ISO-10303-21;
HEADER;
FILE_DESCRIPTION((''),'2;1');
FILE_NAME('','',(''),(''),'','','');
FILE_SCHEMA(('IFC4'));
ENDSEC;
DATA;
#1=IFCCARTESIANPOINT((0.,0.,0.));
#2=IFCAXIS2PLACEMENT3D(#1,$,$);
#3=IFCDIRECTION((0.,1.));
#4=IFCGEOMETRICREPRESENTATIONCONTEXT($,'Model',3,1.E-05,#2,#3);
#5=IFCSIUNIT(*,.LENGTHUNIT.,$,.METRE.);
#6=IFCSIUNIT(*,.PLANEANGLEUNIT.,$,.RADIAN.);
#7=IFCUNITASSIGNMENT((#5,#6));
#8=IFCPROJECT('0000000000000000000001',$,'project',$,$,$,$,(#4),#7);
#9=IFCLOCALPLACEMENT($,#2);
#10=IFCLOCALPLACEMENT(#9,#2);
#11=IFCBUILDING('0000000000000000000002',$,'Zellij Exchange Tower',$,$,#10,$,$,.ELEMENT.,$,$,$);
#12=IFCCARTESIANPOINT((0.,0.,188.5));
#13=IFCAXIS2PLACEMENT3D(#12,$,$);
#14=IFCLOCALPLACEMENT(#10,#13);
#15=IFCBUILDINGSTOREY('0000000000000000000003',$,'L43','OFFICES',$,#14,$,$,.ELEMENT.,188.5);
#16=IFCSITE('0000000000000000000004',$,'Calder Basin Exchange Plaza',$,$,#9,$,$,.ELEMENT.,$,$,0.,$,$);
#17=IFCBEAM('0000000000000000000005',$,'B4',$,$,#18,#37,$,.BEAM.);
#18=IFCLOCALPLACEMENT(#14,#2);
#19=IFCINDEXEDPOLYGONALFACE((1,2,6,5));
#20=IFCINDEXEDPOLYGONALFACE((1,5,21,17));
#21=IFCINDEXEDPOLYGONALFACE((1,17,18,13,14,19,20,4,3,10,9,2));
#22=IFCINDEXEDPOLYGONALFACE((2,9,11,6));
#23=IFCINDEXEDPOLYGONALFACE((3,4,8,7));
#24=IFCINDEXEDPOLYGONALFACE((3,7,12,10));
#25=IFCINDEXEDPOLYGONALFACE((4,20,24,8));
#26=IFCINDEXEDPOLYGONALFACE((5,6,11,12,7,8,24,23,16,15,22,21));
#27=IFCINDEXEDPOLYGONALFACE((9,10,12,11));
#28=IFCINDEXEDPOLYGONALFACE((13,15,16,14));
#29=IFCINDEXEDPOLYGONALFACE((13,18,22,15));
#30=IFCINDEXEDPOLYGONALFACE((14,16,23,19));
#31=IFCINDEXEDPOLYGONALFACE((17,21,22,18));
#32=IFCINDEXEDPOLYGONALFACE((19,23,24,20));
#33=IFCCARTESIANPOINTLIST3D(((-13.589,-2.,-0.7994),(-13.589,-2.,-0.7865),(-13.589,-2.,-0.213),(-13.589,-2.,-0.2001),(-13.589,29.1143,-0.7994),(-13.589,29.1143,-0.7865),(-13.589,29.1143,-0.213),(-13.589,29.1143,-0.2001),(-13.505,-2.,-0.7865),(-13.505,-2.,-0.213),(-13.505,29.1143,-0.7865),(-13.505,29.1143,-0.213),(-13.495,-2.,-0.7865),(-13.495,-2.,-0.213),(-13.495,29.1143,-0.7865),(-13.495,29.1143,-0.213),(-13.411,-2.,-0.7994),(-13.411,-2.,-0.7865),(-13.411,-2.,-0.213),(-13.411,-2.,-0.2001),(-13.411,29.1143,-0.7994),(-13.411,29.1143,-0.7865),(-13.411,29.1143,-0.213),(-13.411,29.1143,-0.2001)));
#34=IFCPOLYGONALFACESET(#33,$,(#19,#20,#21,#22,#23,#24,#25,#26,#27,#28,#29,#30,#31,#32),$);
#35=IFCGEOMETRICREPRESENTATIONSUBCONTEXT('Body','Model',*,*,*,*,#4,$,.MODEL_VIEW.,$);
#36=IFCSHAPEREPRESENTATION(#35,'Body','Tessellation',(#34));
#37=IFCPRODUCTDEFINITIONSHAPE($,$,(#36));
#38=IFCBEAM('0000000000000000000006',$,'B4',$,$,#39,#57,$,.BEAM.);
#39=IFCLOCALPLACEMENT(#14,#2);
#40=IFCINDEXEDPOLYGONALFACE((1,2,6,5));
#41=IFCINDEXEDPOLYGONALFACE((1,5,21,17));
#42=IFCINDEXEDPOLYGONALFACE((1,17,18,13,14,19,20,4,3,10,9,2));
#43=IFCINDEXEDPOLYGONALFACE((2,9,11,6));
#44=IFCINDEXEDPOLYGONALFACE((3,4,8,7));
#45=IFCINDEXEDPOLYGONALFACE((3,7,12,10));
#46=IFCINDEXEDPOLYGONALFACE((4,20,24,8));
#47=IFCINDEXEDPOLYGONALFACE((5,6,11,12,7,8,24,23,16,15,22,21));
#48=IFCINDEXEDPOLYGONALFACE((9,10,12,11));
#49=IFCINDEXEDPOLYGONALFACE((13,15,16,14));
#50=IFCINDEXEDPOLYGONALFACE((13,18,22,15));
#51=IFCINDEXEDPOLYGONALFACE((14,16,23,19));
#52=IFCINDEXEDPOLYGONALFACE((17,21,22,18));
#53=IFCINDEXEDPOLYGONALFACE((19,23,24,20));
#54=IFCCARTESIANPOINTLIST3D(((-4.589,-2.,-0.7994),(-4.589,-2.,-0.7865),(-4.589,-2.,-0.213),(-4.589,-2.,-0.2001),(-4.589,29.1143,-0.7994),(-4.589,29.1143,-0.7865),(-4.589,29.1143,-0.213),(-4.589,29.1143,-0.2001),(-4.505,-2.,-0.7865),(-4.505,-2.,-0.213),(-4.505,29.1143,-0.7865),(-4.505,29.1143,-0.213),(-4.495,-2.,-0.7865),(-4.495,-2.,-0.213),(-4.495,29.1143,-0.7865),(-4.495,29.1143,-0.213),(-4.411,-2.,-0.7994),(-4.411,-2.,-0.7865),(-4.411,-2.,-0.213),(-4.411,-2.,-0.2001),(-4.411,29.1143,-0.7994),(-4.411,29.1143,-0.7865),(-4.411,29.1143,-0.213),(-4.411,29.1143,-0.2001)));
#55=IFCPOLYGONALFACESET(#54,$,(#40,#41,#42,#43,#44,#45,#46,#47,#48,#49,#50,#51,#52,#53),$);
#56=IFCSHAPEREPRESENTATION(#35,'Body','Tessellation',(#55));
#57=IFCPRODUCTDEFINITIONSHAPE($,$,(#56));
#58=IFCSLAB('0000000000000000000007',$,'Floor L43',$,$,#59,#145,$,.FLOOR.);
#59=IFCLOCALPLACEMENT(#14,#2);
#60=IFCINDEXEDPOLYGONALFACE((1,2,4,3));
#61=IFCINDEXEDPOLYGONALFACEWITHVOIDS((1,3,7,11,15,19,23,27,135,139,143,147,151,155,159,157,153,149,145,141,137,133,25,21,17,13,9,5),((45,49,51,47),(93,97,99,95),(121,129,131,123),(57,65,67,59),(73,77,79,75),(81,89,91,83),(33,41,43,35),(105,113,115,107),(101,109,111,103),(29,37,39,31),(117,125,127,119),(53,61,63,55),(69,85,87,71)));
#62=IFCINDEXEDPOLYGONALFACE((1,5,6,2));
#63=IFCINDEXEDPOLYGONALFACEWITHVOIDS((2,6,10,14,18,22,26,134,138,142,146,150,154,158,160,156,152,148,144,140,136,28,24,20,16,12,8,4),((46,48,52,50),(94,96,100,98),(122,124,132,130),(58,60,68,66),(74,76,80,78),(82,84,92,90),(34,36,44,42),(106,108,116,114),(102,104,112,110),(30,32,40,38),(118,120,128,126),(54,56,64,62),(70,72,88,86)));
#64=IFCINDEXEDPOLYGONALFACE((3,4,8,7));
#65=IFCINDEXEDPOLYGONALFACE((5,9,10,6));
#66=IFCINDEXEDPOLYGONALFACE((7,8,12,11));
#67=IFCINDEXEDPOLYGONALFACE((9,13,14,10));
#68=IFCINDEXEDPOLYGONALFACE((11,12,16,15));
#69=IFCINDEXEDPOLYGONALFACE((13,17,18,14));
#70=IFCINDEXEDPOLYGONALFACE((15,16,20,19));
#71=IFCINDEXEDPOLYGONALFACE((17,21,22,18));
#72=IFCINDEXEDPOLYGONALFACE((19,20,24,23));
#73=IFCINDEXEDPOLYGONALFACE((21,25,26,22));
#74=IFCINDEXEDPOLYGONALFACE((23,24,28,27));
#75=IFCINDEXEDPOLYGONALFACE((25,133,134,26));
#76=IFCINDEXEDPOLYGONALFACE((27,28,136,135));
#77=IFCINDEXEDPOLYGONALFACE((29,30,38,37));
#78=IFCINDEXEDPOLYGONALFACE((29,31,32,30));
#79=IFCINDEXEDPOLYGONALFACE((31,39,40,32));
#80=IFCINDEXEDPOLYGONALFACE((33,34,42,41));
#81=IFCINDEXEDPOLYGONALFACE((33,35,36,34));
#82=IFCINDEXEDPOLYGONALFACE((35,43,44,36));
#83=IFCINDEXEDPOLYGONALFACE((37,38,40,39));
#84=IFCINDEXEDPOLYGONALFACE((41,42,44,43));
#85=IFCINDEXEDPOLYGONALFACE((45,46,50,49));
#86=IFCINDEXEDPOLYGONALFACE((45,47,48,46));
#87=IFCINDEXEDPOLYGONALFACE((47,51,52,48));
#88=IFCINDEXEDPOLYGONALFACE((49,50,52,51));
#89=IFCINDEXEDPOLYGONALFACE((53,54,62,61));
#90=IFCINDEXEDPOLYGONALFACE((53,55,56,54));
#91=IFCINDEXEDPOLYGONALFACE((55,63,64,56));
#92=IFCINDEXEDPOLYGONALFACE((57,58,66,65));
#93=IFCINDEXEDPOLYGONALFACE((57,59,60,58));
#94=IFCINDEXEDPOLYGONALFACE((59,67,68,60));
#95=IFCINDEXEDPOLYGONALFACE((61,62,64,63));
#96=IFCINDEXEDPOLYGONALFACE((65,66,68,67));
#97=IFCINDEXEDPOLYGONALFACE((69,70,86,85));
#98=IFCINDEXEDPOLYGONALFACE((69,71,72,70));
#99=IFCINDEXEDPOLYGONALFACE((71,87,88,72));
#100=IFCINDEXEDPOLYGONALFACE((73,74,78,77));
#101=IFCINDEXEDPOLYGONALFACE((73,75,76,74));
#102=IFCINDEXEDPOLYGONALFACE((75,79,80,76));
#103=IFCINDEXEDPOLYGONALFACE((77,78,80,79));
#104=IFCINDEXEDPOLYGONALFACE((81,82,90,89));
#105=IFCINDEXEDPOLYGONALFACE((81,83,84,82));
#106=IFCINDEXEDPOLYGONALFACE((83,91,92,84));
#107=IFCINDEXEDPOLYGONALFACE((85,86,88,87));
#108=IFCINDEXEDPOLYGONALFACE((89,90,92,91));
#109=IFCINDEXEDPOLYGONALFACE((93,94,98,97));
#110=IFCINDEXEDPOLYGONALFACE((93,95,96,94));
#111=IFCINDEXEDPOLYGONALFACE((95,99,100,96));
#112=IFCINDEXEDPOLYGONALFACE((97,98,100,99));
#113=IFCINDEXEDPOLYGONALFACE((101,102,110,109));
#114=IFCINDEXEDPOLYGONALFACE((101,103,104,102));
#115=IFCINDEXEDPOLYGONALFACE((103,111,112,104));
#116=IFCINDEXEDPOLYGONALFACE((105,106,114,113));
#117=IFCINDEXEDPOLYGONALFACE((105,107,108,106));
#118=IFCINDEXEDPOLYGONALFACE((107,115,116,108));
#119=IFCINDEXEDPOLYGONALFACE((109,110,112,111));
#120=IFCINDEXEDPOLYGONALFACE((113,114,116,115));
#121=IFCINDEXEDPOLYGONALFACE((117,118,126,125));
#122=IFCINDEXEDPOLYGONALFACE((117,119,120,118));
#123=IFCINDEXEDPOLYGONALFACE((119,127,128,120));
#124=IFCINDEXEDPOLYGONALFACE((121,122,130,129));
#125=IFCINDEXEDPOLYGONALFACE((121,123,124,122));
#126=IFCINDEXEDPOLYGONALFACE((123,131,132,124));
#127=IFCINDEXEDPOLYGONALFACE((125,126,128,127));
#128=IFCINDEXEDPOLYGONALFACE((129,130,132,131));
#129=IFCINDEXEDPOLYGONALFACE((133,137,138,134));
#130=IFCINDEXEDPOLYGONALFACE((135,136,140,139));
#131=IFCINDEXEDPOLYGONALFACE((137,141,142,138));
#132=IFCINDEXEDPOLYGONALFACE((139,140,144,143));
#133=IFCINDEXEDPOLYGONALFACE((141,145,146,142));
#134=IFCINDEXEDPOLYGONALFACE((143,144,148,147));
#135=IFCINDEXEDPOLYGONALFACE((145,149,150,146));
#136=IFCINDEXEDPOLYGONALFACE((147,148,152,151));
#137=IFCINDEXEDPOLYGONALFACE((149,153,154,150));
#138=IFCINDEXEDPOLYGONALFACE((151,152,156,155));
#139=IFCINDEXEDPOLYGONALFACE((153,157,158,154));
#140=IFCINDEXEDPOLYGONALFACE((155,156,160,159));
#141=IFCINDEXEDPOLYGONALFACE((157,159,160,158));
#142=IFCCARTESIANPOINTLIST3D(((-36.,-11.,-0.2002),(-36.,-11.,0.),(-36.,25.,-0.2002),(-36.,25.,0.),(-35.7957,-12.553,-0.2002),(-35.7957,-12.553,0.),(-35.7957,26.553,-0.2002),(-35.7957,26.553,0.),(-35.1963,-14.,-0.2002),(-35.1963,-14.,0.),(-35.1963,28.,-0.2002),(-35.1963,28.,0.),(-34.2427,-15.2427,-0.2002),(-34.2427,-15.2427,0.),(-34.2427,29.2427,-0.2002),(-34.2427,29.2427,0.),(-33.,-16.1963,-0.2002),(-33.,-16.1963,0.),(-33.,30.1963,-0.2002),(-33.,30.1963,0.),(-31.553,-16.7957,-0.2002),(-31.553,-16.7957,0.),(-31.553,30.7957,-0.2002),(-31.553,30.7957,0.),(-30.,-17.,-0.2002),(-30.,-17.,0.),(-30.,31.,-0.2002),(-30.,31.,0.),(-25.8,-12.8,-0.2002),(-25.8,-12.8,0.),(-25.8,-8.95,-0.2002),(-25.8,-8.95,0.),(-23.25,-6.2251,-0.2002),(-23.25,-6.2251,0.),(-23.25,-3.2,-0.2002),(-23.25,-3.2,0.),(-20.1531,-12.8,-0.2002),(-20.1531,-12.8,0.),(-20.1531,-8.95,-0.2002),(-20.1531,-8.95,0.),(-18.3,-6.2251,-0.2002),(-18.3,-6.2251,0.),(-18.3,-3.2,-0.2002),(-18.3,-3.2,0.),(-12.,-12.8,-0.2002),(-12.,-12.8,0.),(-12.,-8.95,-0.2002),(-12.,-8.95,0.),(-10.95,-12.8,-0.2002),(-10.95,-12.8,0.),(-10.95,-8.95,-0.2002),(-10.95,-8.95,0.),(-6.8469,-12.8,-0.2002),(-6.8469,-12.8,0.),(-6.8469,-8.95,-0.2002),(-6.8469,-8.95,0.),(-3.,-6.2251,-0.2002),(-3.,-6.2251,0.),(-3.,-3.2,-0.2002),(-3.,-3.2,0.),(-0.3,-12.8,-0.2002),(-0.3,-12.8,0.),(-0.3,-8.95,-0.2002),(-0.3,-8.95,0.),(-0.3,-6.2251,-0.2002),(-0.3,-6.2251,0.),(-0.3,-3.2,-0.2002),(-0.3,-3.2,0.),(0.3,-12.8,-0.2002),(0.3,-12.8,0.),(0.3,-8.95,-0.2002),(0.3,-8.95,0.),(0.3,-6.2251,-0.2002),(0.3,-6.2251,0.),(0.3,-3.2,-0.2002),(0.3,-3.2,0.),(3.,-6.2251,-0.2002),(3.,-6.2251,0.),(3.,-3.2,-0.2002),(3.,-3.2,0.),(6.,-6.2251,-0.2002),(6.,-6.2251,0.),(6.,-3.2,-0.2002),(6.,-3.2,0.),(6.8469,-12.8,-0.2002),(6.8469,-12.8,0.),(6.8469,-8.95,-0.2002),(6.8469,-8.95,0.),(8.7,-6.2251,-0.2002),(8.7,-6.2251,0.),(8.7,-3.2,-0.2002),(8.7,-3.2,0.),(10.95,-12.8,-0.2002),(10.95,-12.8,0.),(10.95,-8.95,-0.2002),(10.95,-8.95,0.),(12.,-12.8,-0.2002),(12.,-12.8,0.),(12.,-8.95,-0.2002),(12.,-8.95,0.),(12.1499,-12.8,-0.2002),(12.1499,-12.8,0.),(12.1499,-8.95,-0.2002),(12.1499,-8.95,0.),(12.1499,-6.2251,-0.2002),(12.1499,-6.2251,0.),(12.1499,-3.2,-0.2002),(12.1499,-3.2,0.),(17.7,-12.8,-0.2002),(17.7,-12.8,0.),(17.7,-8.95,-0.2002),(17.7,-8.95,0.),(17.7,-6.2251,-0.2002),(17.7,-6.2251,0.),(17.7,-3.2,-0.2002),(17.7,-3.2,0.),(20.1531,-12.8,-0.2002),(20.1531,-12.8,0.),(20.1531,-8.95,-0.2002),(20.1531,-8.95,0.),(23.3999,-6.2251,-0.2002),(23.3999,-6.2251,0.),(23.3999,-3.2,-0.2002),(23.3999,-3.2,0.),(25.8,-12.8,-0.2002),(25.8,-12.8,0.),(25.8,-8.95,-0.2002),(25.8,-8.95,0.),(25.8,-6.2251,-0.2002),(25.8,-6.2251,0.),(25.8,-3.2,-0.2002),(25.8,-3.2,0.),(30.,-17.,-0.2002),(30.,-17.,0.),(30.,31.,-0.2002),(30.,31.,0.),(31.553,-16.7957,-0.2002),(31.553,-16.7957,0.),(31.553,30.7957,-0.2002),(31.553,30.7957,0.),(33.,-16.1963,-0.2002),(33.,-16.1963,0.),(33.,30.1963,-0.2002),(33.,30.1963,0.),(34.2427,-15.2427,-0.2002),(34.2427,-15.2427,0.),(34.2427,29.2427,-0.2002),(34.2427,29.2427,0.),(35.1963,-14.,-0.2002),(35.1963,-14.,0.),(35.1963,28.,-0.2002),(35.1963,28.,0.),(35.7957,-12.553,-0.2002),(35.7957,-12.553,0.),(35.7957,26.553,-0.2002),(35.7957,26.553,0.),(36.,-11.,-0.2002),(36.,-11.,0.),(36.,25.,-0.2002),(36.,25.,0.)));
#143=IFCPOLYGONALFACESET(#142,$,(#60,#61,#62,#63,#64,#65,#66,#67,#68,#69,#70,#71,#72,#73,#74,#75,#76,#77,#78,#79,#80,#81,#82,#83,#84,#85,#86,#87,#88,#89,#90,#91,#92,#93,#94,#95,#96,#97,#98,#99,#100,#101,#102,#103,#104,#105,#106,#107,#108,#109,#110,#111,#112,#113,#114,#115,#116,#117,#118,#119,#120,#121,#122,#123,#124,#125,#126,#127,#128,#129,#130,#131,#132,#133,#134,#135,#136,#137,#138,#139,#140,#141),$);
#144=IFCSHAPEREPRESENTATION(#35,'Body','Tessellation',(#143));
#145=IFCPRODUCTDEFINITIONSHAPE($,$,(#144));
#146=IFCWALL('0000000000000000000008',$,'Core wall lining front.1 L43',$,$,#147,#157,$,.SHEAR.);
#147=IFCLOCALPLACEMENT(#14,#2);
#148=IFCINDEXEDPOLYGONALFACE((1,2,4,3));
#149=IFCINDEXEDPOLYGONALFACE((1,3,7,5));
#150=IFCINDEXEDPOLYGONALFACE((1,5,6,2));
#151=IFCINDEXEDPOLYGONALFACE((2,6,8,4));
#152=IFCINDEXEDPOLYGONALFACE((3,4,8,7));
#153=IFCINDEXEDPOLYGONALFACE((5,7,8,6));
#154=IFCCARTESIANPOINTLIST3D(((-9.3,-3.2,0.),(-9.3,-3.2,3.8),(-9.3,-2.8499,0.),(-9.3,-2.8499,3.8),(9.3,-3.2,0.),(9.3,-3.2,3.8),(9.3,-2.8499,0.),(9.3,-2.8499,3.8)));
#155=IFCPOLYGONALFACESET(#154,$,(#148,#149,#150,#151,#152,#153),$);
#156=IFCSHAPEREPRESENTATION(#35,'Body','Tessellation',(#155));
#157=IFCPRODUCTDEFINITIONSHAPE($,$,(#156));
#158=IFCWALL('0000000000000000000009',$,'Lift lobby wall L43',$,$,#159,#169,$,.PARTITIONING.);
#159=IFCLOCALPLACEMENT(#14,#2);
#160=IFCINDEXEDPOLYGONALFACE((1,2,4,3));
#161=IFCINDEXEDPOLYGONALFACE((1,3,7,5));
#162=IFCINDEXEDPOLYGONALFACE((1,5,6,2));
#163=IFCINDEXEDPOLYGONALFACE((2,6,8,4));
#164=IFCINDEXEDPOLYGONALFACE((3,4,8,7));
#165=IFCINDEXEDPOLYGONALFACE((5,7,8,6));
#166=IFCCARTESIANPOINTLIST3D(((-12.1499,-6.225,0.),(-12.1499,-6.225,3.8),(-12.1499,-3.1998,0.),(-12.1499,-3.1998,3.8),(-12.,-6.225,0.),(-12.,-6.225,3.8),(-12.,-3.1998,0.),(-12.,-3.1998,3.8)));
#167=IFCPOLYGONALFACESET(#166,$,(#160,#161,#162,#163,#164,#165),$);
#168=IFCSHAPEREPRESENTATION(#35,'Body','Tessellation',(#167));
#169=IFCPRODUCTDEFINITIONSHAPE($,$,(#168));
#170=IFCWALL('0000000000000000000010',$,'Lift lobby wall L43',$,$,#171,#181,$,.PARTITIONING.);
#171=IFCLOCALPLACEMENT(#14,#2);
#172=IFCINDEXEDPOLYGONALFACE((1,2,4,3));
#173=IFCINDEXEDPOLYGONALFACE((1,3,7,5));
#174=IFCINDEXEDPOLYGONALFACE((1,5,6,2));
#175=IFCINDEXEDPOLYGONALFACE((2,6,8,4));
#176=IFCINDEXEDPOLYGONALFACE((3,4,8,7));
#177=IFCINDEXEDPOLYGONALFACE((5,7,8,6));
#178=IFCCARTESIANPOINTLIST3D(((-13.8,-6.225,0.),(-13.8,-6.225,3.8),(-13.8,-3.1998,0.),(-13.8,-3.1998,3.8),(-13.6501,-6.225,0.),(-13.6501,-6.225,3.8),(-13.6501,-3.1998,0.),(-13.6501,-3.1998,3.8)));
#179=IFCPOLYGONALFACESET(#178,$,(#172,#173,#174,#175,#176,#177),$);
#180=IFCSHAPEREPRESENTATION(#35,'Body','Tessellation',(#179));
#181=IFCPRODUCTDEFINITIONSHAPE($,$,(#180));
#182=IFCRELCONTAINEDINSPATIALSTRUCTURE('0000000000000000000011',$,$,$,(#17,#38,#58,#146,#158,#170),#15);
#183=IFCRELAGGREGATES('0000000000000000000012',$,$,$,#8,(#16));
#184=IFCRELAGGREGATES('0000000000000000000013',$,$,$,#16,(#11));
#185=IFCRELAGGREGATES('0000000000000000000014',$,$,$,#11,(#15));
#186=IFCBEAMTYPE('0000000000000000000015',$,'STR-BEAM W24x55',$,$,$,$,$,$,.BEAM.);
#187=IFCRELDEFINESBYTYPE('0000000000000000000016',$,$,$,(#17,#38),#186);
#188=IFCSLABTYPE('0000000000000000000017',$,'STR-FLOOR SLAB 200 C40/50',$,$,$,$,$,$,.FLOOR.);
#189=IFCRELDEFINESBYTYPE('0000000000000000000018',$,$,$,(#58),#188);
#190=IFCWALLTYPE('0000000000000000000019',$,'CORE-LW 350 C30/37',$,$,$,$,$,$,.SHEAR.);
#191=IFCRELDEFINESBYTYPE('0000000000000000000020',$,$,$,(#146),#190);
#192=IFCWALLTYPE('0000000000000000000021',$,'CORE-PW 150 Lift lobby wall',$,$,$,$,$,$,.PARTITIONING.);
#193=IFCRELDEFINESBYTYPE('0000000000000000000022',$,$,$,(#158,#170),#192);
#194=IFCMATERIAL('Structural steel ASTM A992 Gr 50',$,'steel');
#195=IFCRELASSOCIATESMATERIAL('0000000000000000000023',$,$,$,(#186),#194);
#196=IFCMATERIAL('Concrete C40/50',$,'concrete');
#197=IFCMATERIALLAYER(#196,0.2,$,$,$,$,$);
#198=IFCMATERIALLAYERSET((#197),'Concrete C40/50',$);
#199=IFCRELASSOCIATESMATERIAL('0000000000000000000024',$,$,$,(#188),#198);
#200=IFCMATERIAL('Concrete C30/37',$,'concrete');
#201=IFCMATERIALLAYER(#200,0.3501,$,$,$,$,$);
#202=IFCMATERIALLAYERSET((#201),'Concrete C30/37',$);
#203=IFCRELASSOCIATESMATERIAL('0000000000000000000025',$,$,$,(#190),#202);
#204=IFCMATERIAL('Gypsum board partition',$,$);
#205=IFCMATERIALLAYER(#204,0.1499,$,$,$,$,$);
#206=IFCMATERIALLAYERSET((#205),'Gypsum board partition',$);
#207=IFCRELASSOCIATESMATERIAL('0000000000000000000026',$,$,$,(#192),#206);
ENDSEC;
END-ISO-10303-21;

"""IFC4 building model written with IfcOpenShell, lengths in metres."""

from ifc_helpers import new_model, si_unit, direction, frame, frame_2d, origin, origin_2d, place, context, subcontext, project, spatial, polyline, rectangle, i_section, outline, extrude, material, layer, layer_set, material_profile, profile_set, type_object, element, save


model = new_model("IFC4")

# Units and contexts
model_context = context("Model", 3, precision=1e-05, world=origin(), true_north=direction((0.0, 1.0)))
body_context = subcontext(model_context, "Body", "Model", "MODEL_VIEW")
ifc_project = project(units=[si_unit("LENGTHUNIT", "METRE"), si_unit("PLANEANGLEUNIT", "RADIAN")], contexts=[model_context])

# Site, building, storey
site_placement = place(None, origin())
site = spatial("IfcSite", under=ifc_project, at=site_placement, Name="Calder Basin Exchange Plaza", CompositionType="ELEMENT", RefElevation=0.0)
building_placement = place(site_placement, origin())
building = spatial("IfcBuilding", under=site, at=building_placement, Name="Zellij Exchange Tower", CompositionType="ELEMENT")
storey_placement = place(building_placement, frame((0.0, 0.0, 188.5)))
storey = spatial("IfcBuildingStorey", under=building, at=storey_placement, Name="L43", Description="OFFICES", CompositionType="ELEMENT", Elevation=188.5)

# Beams
ifc_material_1 = material(Name="Structural steel ASTM A992 Gr 50", Category="steel")
ifc_material_profile = material_profile(ifc_material_1, i_section(OverallWidth=0.178, OverallDepth=0.5994, WebThickness=0.01, FlangeThickness=0.0129, at=origin_2d()), Name="W24x55")
ifc_profile_set = profile_set([ifc_material_profile], Name="Structural steel ASTM A992 Gr 50")
beam_type = type_object("IfcBeamType", Name="STR-BEAM W24x55", PredefinedType="BEAM", material=ifc_profile_set)
for number, where, z_axis, x_axis, name in (
    (1, (-13.5, -2.0, -0.4998), (0.0, 1.0, 0.0), (-1.0, 0.0, 0.0), "B4"),
    (2, (-4.5, -2.0, -0.4998), (0.0, 1.0, 0.0), (-1.0, 0.0, 0.0), "B4"),
):
    element("IfcBeam", number, at=place(storey_placement, frame(where, z_axis=z_axis, x_axis=x_axis)), inside=storey, type_object=beam_type, Name=name, PredefinedType="BEAM", context=body_context, shape_type="SweptSolid", body=[
        extrude(i_section(OverallWidth=0.178, OverallDepth=0.5994, WebThickness=0.01, FlangeThickness=0.0129, at=origin_2d()), origin(), (0.0, 0.0, 1.0), 31.1143),
    ])

# Slab
ifc_material_2 = material(Name="Concrete C40/50", Category="concrete")
ifc_layer_1 = layer(ifc_material_2, 0.2)
ifc_layer_set_1 = layer_set([ifc_layer_1], Name="Concrete C40/50")
slab_type = type_object("IfcSlabType", Name="STR-FLOOR SLAB 200 C40/50", PredefinedType="FLOOR", material=ifc_layer_set_1)
slab_placement = place(storey_placement, frame((0.0, 0.0, -0.2002)))
element("IfcSlab", 3, at=slab_placement, inside=storey, type_object=slab_type, Name="Floor L43", PredefinedType="FLOOR", context=body_context, shape_type="SweptSolid", body=[
    extrude(outline(polyline([(-30.0, -17.0), (-31.553, -16.7957), (-33.0, -16.1963), (-34.2427, -15.2427), (-35.1963, -14.0), (-35.7957, -12.553), (-36.0, -11.0), (-36.0, 25.0), (-35.7957, 26.553), (-35.1963, 28.0), (-34.2427, 29.2427), (-33.0, 30.1963), (-31.553, 30.7957), (-30.0, 31.0), (30.0, 31.0), (31.553, 30.7957), (33.0, 30.1963), (34.2427, 29.2427), (35.1963, 28.0), (35.7957, 26.553), (36.0, 25.0), (36.0, -11.0), (35.7957, -12.553), (35.1963, -14.0), (34.2427, -15.2427), (33.0, -16.1963), (31.553, -16.7957), (30.0, -17.0), (-30.0, -17.0)]), holes=[polyline([(-25.8, -8.95), (-25.8, -12.8), (-20.1531, -12.8), (-20.1531, -8.95), (-25.8, -8.95)]), polyline([(-10.95, -8.95), (-12.0, -8.95), (-12.0, -12.8), (-10.95, -12.8), (-10.95, -8.95)]), polyline([(-0.3, -8.95), (-6.8469, -8.95), (-6.8469, -12.8), (-0.3, -12.8), (-0.3, -8.95)]), polyline([(0.3, -8.95), (0.3, -12.8), (6.8469, -12.8), (6.8469, -8.95), (0.3, -8.95)]), polyline([(-18.3, -3.2), (-23.25, -3.2), (-23.25, -6.2251), (-18.3, -6.2251), (-18.3, -3.2)]), polyline([(-0.3, -3.2), (-3.0, -3.2), (-3.0, -6.2251), (-0.3, -6.2251), (-0.3, -3.2)]), polyline([(0.3, -3.2), (0.3, -6.2251), (3.0, -6.2251), (3.0, -3.2), (0.3, -3.2)]), polyline([(12.0, -8.95), (10.95, -8.95), (10.95, -12.8), (12.0, -12.8), (12.0, -8.95)]), polyline([(17.7, -8.95), (12.1499, -8.95), (12.1499, -12.8), (17.7, -12.8), (17.7, -8.95)]), polyline([(25.8, -8.95), (20.1531, -8.95), (20.1531, -12.8), (25.8, -12.8), (25.8, -8.95)]), polyline([(8.7, -3.2), (6.0, -3.2), (6.0, -6.2251), (8.7, -6.2251), (8.7, -3.2)]), polyline([(17.7, -3.2), (12.1499, -3.2), (12.1499, -6.2251), (17.7, -6.2251), (17.7, -3.2)]), polyline([(25.8, -3.2), (23.3999, -3.2), (23.3999, -6.2251), (25.8, -6.2251), (25.8, -3.2)])]), origin(), (0.0, 0.0, 1.0), 0.2002),
])

# Walls
ifc_material_3 = material(Name="Concrete C30/37", Category="concrete")
ifc_layer_2 = layer(ifc_material_3, 0.3501)
ifc_layer_set_2 = layer_set([ifc_layer_2], Name="Concrete C30/37")
wall_type_1 = type_object("IfcWallType", Name="CORE-LW 350 C30/37", PredefinedType="SHEAR", material=ifc_layer_set_2)
wall_1_placement = place(storey_placement, frame((-9.3, -3.0249, 0.0), z_axis=(0.0, 0.0, 1.0), x_axis=(1.0, 0.0, 0.0)))
element("IfcWall", 4, at=wall_1_placement, inside=storey, type_object=wall_type_1, Name="Core wall lining front.1 L43", PredefinedType="SHEAR", context=body_context, shape_type="SweptSolid", body=[
    extrude(rectangle(XDim=18.6001, YDim=0.3501, at=frame_2d((9.3, 0.0))), origin(), (0.0, 0.0, 1.0), 3.8),
])
ifc_material_4 = material(Name="Gypsum board partition")
ifc_layer_3 = layer(ifc_material_4, 0.1499)
ifc_layer_set_3 = layer_set([ifc_layer_3], Name="Gypsum board partition")
wall_type_2 = type_object("IfcWallType", Name="CORE-PW 150 Lift lobby wall", PredefinedType="PARTITIONING", material=ifc_layer_set_3)
for number, where, z_axis, x_axis, name in (
    (5, (-12.075, -6.2251, 0.0), (0.0, 0.0, 1.0), (0.0, 1.0, 0.0), "Lift lobby wall L43"),
    (6, (-13.7251, -6.2251, 0.0), (0.0, 0.0, 1.0), (0.0, 1.0, 0.0), "Lift lobby wall L43"),
):
    element("IfcWall", number, at=place(storey_placement, frame(where, z_axis=z_axis, x_axis=x_axis)), inside=storey, type_object=wall_type_2, Name=name, PredefinedType="PARTITIONING", context=body_context, shape_type="SweptSolid", body=[
        extrude(rectangle(XDim=3.0251, YDim=0.1499, at=frame_2d((1.5127, 0.0))), origin(), (0.0, 0.0, 1.0), 3.8),
    ])

save(model, "model.ifc")
